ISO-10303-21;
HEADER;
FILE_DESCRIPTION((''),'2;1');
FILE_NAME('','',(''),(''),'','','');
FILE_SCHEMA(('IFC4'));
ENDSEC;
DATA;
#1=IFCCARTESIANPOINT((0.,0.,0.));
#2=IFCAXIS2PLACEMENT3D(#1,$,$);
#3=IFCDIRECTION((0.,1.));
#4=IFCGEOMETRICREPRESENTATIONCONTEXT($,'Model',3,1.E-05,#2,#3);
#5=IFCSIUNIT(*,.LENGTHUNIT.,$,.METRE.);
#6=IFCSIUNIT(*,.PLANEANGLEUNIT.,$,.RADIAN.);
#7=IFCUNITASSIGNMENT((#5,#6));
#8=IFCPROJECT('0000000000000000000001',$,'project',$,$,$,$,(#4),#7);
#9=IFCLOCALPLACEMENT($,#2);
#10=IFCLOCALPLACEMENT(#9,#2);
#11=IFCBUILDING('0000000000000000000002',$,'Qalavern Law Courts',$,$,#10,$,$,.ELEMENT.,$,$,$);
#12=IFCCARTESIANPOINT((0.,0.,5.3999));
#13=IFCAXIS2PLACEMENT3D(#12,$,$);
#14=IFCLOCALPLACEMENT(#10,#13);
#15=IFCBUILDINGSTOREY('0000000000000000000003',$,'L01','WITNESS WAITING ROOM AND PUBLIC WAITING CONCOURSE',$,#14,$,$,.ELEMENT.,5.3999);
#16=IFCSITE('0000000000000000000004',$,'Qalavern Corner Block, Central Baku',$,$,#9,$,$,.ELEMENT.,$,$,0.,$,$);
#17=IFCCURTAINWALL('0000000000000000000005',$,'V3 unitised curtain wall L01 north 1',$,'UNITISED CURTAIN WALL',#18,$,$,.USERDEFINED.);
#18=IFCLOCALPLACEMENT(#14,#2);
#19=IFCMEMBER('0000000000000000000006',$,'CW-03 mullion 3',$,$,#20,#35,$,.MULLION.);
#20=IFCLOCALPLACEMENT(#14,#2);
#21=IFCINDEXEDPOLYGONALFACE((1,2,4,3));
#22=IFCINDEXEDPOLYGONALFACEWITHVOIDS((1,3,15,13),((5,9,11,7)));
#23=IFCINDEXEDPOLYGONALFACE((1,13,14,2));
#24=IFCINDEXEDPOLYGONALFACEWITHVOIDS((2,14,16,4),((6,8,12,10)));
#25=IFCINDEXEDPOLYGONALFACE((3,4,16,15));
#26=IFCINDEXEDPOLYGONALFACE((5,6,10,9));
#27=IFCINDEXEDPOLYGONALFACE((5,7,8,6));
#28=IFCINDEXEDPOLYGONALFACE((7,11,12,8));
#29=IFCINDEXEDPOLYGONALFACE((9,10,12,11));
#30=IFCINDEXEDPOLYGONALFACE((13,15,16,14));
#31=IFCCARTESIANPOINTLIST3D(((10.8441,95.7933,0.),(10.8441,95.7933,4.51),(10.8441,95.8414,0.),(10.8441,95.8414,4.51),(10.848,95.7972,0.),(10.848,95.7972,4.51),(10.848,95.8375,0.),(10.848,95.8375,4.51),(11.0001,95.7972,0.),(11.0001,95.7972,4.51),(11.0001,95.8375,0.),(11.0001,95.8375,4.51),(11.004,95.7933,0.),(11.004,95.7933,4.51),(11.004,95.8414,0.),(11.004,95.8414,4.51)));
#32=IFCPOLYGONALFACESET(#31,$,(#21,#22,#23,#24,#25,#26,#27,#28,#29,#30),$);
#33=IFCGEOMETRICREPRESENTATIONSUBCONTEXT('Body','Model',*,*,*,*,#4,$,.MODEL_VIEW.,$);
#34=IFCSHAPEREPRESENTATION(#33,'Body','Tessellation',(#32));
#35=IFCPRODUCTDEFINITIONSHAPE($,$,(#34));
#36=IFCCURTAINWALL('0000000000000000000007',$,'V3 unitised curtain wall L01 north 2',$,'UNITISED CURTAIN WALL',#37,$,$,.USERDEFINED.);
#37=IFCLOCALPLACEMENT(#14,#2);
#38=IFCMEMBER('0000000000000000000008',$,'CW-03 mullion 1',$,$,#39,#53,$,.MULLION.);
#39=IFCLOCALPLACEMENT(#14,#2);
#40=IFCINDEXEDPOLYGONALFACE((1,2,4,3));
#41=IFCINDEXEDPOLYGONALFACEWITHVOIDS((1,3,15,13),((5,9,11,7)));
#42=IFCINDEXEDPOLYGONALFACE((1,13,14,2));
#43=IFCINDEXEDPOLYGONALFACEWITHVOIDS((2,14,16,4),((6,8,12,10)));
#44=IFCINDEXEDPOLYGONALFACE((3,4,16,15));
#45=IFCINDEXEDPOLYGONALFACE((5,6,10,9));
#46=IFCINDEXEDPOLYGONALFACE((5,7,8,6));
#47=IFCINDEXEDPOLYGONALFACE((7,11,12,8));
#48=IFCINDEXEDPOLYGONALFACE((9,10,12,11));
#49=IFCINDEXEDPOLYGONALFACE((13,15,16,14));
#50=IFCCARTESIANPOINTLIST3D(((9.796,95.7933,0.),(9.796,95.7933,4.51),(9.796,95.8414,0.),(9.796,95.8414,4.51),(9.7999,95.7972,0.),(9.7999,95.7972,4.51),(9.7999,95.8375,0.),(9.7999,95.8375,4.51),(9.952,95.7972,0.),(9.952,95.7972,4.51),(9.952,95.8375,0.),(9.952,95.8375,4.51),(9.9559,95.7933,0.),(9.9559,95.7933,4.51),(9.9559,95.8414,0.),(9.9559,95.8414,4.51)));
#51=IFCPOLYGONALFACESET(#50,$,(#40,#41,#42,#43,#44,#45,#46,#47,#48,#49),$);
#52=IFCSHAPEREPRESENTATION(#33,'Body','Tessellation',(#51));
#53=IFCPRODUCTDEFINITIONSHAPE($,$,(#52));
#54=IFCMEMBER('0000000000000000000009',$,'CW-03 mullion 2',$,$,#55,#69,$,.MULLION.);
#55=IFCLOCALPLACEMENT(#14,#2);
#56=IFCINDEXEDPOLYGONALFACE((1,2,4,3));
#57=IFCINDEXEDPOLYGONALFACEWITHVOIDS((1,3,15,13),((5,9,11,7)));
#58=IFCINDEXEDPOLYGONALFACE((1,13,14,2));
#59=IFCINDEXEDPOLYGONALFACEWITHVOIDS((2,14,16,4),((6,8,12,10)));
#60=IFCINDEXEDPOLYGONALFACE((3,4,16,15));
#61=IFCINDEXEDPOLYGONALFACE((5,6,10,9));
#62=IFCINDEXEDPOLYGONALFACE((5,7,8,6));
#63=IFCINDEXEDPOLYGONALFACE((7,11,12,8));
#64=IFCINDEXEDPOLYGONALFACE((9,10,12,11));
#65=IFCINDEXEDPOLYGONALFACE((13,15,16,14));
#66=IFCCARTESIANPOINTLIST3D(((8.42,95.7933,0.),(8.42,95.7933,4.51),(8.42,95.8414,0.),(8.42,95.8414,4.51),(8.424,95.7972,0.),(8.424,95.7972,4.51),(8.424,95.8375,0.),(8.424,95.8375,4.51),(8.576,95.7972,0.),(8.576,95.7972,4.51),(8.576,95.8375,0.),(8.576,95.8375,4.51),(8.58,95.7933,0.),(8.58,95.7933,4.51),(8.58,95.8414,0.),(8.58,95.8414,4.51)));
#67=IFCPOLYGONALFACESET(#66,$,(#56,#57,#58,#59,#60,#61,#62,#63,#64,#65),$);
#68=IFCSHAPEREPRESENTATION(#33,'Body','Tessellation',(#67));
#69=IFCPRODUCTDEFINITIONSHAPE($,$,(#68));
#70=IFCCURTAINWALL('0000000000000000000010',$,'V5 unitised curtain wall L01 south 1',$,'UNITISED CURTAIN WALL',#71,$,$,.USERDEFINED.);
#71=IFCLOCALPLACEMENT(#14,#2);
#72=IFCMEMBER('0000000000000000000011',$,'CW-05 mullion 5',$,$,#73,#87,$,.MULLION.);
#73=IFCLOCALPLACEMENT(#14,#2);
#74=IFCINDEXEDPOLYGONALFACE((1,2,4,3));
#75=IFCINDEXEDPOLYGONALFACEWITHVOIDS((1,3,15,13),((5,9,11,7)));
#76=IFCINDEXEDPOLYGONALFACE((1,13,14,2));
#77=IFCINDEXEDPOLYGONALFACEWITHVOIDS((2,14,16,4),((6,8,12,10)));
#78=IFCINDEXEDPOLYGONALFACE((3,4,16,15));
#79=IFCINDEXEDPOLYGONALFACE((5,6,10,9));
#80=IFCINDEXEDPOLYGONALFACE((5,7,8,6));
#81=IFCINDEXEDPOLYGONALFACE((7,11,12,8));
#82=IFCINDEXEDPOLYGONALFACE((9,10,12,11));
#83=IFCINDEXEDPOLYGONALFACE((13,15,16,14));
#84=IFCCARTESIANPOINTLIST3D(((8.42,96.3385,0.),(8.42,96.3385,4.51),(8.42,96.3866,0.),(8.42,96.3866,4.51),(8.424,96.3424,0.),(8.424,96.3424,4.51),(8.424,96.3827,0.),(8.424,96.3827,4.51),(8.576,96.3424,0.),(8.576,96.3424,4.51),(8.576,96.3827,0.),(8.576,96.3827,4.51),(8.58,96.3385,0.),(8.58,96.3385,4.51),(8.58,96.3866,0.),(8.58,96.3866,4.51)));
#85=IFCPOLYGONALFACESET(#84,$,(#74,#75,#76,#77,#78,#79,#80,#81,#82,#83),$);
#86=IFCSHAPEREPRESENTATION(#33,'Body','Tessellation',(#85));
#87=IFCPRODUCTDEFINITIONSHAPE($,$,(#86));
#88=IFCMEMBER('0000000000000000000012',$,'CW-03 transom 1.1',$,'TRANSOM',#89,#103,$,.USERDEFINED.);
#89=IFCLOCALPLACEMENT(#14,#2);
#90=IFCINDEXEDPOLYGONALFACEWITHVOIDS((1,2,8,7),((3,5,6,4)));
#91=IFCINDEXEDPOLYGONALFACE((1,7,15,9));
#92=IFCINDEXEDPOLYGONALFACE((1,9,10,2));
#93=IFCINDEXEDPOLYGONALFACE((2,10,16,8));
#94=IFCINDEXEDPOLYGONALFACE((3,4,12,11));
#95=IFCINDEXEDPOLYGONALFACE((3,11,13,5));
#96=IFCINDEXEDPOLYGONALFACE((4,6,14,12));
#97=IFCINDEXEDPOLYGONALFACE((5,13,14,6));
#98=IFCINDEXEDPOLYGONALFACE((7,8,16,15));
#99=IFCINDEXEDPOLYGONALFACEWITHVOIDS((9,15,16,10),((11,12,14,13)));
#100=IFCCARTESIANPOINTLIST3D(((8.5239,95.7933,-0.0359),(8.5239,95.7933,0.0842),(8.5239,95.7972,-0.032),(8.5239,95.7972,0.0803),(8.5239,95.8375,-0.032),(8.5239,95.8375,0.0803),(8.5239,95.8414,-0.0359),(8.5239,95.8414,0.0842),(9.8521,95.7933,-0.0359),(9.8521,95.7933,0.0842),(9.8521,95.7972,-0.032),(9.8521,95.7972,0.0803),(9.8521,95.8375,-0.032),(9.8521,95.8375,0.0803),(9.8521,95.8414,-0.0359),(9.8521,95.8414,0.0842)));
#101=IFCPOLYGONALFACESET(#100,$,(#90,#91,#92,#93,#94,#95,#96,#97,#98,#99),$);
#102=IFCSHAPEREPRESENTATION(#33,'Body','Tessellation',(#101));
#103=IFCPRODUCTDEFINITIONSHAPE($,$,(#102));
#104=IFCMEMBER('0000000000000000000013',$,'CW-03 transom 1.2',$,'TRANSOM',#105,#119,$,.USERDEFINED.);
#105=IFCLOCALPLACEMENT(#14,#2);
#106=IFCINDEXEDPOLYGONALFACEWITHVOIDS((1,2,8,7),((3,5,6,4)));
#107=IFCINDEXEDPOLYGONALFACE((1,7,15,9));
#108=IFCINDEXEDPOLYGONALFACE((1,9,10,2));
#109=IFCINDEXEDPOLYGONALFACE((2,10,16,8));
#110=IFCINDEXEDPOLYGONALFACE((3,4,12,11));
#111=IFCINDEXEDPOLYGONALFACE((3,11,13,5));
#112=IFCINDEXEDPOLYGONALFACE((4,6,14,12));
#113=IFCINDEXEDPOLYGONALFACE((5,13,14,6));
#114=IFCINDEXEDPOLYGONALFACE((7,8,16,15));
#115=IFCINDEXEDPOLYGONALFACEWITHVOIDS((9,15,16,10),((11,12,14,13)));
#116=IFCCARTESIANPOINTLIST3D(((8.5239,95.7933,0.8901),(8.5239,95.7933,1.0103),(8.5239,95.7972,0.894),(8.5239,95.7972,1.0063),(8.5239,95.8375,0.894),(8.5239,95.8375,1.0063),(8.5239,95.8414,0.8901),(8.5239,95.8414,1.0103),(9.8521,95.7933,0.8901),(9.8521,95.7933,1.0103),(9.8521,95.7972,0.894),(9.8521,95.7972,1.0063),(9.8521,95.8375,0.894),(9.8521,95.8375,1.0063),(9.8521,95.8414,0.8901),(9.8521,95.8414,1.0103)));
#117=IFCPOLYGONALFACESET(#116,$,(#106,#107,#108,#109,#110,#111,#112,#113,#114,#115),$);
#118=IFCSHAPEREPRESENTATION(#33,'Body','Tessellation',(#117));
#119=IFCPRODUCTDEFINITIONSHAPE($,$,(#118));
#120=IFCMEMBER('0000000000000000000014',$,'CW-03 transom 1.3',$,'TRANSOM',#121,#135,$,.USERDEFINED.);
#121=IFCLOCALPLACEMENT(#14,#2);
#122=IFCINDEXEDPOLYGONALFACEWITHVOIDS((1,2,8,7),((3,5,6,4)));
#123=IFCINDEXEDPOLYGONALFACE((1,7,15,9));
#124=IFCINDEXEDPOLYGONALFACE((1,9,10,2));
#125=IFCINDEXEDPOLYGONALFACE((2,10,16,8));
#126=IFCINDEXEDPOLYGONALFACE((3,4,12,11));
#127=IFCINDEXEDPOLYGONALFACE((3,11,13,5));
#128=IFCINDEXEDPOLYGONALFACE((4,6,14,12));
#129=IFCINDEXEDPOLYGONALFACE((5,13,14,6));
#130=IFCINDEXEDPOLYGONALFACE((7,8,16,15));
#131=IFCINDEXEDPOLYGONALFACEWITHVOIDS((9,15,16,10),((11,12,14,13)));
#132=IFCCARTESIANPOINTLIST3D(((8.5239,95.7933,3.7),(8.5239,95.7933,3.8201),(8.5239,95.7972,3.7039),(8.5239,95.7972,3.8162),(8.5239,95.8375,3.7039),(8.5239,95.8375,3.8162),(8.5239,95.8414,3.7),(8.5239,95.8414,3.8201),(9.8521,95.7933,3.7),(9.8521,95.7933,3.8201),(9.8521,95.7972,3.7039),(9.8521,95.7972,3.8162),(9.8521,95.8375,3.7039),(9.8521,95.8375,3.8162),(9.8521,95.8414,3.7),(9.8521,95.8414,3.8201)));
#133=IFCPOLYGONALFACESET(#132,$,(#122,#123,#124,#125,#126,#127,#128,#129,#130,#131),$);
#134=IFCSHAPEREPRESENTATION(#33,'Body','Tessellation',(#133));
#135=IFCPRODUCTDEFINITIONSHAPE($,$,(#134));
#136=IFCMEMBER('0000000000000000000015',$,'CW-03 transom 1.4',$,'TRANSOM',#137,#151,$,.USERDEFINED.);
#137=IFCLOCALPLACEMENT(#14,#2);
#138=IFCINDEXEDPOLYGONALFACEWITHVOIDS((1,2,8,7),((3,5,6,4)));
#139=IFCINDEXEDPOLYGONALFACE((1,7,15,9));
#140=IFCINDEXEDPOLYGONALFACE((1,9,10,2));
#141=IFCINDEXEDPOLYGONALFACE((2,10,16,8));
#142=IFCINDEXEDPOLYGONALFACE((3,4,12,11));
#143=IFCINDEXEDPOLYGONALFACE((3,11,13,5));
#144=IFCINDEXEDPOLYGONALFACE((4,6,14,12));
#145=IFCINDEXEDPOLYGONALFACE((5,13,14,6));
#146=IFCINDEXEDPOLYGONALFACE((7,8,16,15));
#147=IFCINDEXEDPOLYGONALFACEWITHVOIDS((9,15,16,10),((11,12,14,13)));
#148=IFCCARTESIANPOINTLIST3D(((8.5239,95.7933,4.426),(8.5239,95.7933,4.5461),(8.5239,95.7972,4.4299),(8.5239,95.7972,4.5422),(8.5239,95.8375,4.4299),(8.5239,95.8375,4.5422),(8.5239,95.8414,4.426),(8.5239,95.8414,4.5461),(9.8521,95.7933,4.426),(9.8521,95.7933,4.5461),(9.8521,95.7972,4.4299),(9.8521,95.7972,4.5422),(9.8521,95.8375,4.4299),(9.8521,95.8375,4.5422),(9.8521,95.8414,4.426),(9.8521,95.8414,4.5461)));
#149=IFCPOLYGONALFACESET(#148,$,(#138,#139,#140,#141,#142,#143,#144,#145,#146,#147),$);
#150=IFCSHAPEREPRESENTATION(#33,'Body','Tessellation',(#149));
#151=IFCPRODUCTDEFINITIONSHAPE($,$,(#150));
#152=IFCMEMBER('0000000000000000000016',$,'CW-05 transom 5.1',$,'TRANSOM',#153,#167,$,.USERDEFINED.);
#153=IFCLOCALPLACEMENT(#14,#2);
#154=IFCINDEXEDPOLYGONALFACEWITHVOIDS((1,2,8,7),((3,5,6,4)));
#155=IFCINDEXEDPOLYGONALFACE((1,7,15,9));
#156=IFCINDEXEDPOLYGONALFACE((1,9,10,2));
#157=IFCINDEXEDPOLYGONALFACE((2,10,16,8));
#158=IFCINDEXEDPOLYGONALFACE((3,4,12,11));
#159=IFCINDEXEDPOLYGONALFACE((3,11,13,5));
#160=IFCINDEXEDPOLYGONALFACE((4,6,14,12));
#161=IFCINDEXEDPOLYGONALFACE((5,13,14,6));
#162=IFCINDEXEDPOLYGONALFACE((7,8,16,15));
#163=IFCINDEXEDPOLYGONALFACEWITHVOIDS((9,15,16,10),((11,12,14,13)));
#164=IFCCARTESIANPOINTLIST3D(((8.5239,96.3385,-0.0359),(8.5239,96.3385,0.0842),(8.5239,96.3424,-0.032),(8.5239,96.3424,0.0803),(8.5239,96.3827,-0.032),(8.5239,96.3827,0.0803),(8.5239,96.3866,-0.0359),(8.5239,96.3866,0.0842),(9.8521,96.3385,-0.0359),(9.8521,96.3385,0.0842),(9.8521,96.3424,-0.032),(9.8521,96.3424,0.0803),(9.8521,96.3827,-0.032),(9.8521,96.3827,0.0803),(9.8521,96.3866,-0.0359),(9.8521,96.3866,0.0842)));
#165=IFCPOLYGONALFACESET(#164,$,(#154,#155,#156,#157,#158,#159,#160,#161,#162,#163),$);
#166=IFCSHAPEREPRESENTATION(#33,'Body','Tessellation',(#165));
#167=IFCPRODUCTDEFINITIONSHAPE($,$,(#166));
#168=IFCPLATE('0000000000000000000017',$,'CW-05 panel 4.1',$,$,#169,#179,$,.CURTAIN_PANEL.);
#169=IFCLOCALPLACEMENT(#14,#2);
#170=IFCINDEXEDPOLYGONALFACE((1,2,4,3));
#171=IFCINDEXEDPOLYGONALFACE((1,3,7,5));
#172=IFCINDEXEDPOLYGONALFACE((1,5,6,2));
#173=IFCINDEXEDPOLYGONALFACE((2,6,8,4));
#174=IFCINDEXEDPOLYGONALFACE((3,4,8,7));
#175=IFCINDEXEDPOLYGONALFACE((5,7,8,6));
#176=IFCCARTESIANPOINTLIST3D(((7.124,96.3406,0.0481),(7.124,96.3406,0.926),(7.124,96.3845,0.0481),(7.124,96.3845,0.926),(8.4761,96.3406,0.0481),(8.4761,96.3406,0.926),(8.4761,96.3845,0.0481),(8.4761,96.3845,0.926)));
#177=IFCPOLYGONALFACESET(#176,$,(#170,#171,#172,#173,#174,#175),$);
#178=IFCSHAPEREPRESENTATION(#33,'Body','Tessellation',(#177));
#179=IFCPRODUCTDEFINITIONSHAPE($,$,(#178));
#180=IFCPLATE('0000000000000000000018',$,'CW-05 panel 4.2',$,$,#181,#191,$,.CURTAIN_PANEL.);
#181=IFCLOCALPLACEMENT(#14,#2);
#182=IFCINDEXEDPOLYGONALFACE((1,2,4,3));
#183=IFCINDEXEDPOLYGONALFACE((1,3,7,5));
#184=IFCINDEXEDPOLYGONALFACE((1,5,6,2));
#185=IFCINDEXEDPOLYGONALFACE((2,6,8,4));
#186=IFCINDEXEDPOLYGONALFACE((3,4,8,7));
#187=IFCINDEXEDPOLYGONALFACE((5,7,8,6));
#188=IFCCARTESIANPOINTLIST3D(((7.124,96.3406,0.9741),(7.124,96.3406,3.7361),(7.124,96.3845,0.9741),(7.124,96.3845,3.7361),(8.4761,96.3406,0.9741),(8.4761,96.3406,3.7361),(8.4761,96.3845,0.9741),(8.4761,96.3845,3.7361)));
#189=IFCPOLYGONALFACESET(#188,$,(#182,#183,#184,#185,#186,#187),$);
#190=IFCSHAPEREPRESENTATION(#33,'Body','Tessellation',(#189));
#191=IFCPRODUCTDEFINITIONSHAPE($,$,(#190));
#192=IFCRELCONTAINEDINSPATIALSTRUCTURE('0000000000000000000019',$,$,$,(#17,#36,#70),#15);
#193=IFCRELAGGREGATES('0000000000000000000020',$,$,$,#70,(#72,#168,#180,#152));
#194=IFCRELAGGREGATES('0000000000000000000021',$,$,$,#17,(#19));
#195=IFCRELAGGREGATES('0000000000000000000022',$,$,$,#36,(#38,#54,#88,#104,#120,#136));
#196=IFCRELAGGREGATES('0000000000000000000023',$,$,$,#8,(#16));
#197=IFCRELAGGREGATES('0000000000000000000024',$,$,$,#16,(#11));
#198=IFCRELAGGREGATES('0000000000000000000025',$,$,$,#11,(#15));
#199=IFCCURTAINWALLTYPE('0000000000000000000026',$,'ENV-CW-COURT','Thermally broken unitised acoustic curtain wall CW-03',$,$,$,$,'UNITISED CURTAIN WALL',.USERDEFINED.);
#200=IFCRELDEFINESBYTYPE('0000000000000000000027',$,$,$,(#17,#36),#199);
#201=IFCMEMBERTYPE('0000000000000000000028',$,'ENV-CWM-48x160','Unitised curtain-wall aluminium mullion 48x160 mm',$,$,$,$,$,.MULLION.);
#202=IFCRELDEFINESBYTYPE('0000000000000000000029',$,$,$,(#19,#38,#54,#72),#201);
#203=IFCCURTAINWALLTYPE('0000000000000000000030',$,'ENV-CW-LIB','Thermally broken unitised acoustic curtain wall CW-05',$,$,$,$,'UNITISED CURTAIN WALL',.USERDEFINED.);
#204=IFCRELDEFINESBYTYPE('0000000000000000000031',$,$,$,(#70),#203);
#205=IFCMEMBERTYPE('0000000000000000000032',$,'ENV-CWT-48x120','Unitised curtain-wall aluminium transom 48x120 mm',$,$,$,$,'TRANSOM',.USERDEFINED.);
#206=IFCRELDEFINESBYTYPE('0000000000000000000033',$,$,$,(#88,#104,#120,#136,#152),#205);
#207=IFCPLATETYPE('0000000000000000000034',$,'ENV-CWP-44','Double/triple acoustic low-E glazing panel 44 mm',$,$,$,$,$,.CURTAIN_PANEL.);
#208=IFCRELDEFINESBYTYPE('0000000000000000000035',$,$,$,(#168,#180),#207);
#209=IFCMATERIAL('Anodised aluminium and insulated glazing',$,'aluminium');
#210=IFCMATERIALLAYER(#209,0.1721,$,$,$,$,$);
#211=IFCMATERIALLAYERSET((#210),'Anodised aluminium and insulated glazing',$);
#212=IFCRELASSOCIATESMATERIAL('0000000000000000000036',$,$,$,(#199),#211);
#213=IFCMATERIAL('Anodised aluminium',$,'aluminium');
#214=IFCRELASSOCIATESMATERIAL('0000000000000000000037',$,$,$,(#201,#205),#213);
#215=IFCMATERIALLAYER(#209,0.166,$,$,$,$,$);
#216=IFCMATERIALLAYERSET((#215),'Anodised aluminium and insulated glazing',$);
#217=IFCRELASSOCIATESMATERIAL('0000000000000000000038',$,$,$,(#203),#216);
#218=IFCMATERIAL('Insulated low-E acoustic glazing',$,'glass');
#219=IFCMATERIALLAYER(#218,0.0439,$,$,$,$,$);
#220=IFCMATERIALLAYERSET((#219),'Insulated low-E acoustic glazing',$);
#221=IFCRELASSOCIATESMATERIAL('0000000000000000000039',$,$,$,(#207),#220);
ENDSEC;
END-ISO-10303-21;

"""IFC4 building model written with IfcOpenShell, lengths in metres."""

from ifc_helpers import new_model, si_unit, direction, frame, origin, origin_2d, place, context, subcontext, project, spatial, rectangle, hollow_rectangle, extrude, material, layer, layer_set, material_profile, profile_set, type_object, element, aggregate, save


model = new_model("IFC4")

# Units and contexts
model_context = context("Model", 3, precision=1e-05, world=origin(), true_north=direction((0.0, 1.0)))
body_context = subcontext(model_context, "Body", "Model", "MODEL_VIEW")
ifc_project = project(units=[si_unit("LENGTHUNIT", "METRE"), si_unit("PLANEANGLEUNIT", "RADIAN")], contexts=[model_context])

# Site, building, storey
site_placement = place(None, origin())
site = spatial("IfcSite", under=ifc_project, at=site_placement, Name="Qalavern Corner Block, Central Baku", CompositionType="ELEMENT", RefElevation=0.0)
building_placement = place(site_placement, origin())
building = spatial("IfcBuilding", under=site, at=building_placement, Name="Qalavern Law Courts", CompositionType="ELEMENT")
storey_placement = place(building_placement, frame((0.0, 0.0, 5.3999)))
storey = spatial("IfcBuildingStorey", under=building, at=storey_placement, Name="L01", Description="WITNESS WAITING ROOM AND PUBLIC WAITING CONCOURSE", CompositionType="ELEMENT", Elevation=5.3999)

# Curtain wall, member
ifc_material_1 = material(Name="Anodised aluminium and insulated glazing", Category="aluminium")
ifc_layer_1 = layer(ifc_material_1, 0.1721)
ifc_layer_set_1 = layer_set([ifc_layer_1], Name="Anodised aluminium and insulated glazing")
curtain_wall_type_1 = type_object("IfcCurtainWallType", Name="ENV-CW-COURT", Description="Thermally broken unitised acoustic curtain wall CW-03", ElementType="UNITISED CURTAIN WALL", PredefinedType="USERDEFINED", material=ifc_layer_set_1)
curtain_wall_1_placement = place(storey_placement, origin())
curtain_wall_1 = element("IfcCurtainWall", 1, at=curtain_wall_1_placement, inside=storey, type_object=curtain_wall_type_1, Name="V3 unitised curtain wall L01 north 1", ObjectType="UNITISED CURTAIN WALL", PredefinedType="USERDEFINED")
ifc_material_2 = material(Name="Anodised aluminium", Category="aluminium")
ifc_material_profile_1 = material_profile(ifc_material_2, hollow_rectangle(XDim=0.0481, YDim=0.1599, WallThickness=0.0039, at=origin_2d()), Name="ALU MULLION 48x160")
ifc_profile_set_1 = profile_set([ifc_material_profile_1], Name="Anodised aluminium")
member_type_1 = type_object("IfcMemberType", Name="ENV-CWM-48x160", Description="Unitised curtain-wall aluminium mullion 48x160 mm", PredefinedType="MULLION", material=ifc_profile_set_1)
member_1_placement = place(storey_placement, frame((10.9241, 95.8174, 0.0), z_axis=(0.0, 0.0, 1.0), x_axis=(0.0, -1.0, 0.0)))
member_1 = element("IfcMember", 2, at=member_1_placement, type_object=member_type_1, Name="CW-03 mullion 3", PredefinedType="MULLION", context=body_context, shape_type="SweptSolid", body=[
    extrude(hollow_rectangle(XDim=0.0481, YDim=0.1599, WallThickness=0.0039, at=origin_2d()), origin(), (0.0, 0.0, 1.0), 4.51),
])

# Curtain wall, members
curtain_wall_2_placement = place(storey_placement, origin())
curtain_wall_2 = element("IfcCurtainWall", 3, at=curtain_wall_2_placement, inside=storey, type_object=curtain_wall_type_1, Name="V3 unitised curtain wall L01 north 2", ObjectType="UNITISED CURTAIN WALL", PredefinedType="USERDEFINED")
member_2_placement = place(storey_placement, frame((9.876, 95.8174, 0.0), z_axis=(0.0, 0.0, 1.0), x_axis=(0.0, -1.0, 0.0)))
member_2 = element("IfcMember", 4, at=member_2_placement, type_object=member_type_1, Name="CW-03 mullion 1", PredefinedType="MULLION", context=body_context, shape_type="SweptSolid", body=[
    extrude(hollow_rectangle(XDim=0.0481, YDim=0.1599, WallThickness=0.0039, at=origin_2d()), origin(), (0.0, 0.0, 1.0), 4.51),
])
member_3_placement = place(storey_placement, frame((8.5, 95.8174, 0.0), z_axis=(0.0, 0.0, 1.0), x_axis=(0.0, -1.0, 0.0)))
member_3 = element("IfcMember", 5, at=member_3_placement, type_object=member_type_1, Name="CW-03 mullion 2", PredefinedType="MULLION", context=body_context, shape_type="SweptSolid", body=[
    extrude(hollow_rectangle(XDim=0.0481, YDim=0.1599, WallThickness=0.0039, at=origin_2d()), origin(), (0.0, 0.0, 1.0), 4.51),
])

# Curtain wall, member
ifc_layer_2 = layer(ifc_material_1, 0.166)
ifc_layer_set_2 = layer_set([ifc_layer_2], Name="Anodised aluminium and insulated glazing")
curtain_wall_type_2 = type_object("IfcCurtainWallType", Name="ENV-CW-LIB", Description="Thermally broken unitised acoustic curtain wall CW-05", ElementType="UNITISED CURTAIN WALL", PredefinedType="USERDEFINED", material=ifc_layer_set_2)
curtain_wall_3_placement = place(storey_placement, origin())
curtain_wall_3 = element("IfcCurtainWall", 6, at=curtain_wall_3_placement, inside=storey, type_object=curtain_wall_type_2, Name="V5 unitised curtain wall L01 south 1", ObjectType="UNITISED CURTAIN WALL", PredefinedType="USERDEFINED")
member_4_placement = place(storey_placement, frame((8.5, 96.3625, 0.0), z_axis=(0.0, 0.0, 1.0), x_axis=(0.0, 1.0, 0.0)))
member_4 = element("IfcMember", 7, at=member_4_placement, type_object=member_type_1, Name="CW-05 mullion 5", PredefinedType="MULLION", context=body_context, shape_type="SweptSolid", body=[
    extrude(hollow_rectangle(XDim=0.0481, YDim=0.1599, WallThickness=0.0039, at=origin_2d()), origin(), (0.0, 0.0, 1.0), 4.51),
])

# Members
ifc_material_profile_2 = material_profile(ifc_material_2, hollow_rectangle(XDim=0.0481, YDim=0.1201, WallThickness=0.0039, at=origin_2d()), Name="ALU TRANSOM 48x120")
ifc_profile_set_2 = profile_set([ifc_material_profile_2], Name="Anodised aluminium")
member_type_2 = type_object("IfcMemberType", Name="ENV-CWT-48x120", Description="Unitised curtain-wall aluminium transom 48x120 mm", ElementType="TRANSOM", PredefinedType="USERDEFINED", material=ifc_profile_set_2)
member_5_placement = place(storey_placement, frame((9.8521, 95.8174, 0.0242), z_axis=(-1.0, 0.0, 0.0), x_axis=(0.0, -1.0, 0.0)))
member_5 = element("IfcMember", 8, at=member_5_placement, type_object=member_type_2, Name="CW-03 transom 1.1", ObjectType="TRANSOM", PredefinedType="USERDEFINED", context=body_context, shape_type="SweptSolid", body=[
    extrude(hollow_rectangle(XDim=0.0481, YDim=0.1201, WallThickness=0.0039, at=origin_2d()), origin(), (0.0, 0.0, 1.0), 1.3281),
])
member_6_placement = place(storey_placement, frame((9.8521, 95.8174, 0.9502), z_axis=(-1.0, 0.0, 0.0), x_axis=(0.0, -1.0, 0.0)))
member_6 = element("IfcMember", 9, at=member_6_placement, type_object=member_type_2, Name="CW-03 transom 1.2", ObjectType="TRANSOM", PredefinedType="USERDEFINED", context=body_context, shape_type="SweptSolid", body=[
    extrude(hollow_rectangle(XDim=0.0481, YDim=0.1201, WallThickness=0.0039, at=origin_2d()), origin(), (0.0, 0.0, 1.0), 1.3281),
])
member_7_placement = place(storey_placement, frame((9.8521, 95.8174, 3.76), z_axis=(-1.0, 0.0, 0.0), x_axis=(0.0, -1.0, 0.0)))
member_7 = element("IfcMember", 10, at=member_7_placement, type_object=member_type_2, Name="CW-03 transom 1.3", ObjectType="TRANSOM", PredefinedType="USERDEFINED", context=body_context, shape_type="SweptSolid", body=[
    extrude(hollow_rectangle(XDim=0.0481, YDim=0.1201, WallThickness=0.0039, at=origin_2d()), origin(), (0.0, 0.0, 1.0), 1.3281),
])
member_8_placement = place(storey_placement, frame((9.8521, 95.8174, 4.4861), z_axis=(-1.0, 0.0, 0.0), x_axis=(0.0, -1.0, 0.0)))
member_8 = element("IfcMember", 11, at=member_8_placement, type_object=member_type_2, Name="CW-03 transom 1.4", ObjectType="TRANSOM", PredefinedType="USERDEFINED", context=body_context, shape_type="SweptSolid", body=[
    extrude(hollow_rectangle(XDim=0.0481, YDim=0.1201, WallThickness=0.0039, at=origin_2d()), origin(), (0.0, 0.0, 1.0), 1.3281),
])
member_9_placement = place(storey_placement, frame((8.5239, 96.3625, 0.0242), z_axis=(1.0, 0.0, 0.0), x_axis=(0.0, 1.0, 0.0)))
member_9 = element("IfcMember", 12, at=member_9_placement, type_object=member_type_2, Name="CW-05 transom 5.1", ObjectType="TRANSOM", PredefinedType="USERDEFINED", context=body_context, shape_type="SweptSolid", body=[
    extrude(hollow_rectangle(XDim=0.0481, YDim=0.1201, WallThickness=0.0039, at=origin_2d()), origin(), (0.0, 0.0, 1.0), 1.3281),
])

# Plates
ifc_material_3 = material(Name="Insulated low-E acoustic glazing", Category="glass")
ifc_layer_3 = layer(ifc_material_3, 0.0439)
ifc_layer_set_3 = layer_set([ifc_layer_3], Name="Insulated low-E acoustic glazing")
plate_type_1 = type_object("IfcPlateType", Name="ENV-CWP-44", Description="Double/triple acoustic low-E glazing panel 44 mm", PredefinedType="CURTAIN_PANEL", material=ifc_layer_set_3)
plate_1_placement = place(storey_placement, frame((7.8, 96.3625, 0.0481), z_axis=(0.0, 0.0, 1.0), x_axis=(1.0, 0.0, 0.0)))
plate_1 = element("IfcPlate", 13, at=plate_1_placement, type_object=plate_type_1, Name="CW-05 panel 4.1", PredefinedType="CURTAIN_PANEL", context=body_context, shape_type="SweptSolid", body=[
    extrude(rectangle(XDim=1.3521, YDim=0.0439, at=origin_2d()), origin(), (0.0, 0.0, 1.0), 0.8779),
])
plate_2_placement = place(storey_placement, frame((7.8, 96.3625, 0.9741), z_axis=(0.0, 0.0, 1.0), x_axis=(1.0, 0.0, 0.0)))
plate_2 = element("IfcPlate", 14, at=plate_2_placement, type_object=plate_type_1, Name="CW-05 panel 4.2", PredefinedType="CURTAIN_PANEL", context=body_context, shape_type="SweptSolid", body=[
    extrude(rectangle(XDim=1.3521, YDim=0.0439, at=origin_2d()), origin(), (0.0, 0.0, 1.0), 2.762),
])
aggregate(curtain_wall_3, [member_4, plate_1, plate_2, member_9])
aggregate(curtain_wall_1, [member_1])
aggregate(curtain_wall_2, [member_2, member_3, member_5, member_6, member_7, member_8])

save(model, "model.ifc")
